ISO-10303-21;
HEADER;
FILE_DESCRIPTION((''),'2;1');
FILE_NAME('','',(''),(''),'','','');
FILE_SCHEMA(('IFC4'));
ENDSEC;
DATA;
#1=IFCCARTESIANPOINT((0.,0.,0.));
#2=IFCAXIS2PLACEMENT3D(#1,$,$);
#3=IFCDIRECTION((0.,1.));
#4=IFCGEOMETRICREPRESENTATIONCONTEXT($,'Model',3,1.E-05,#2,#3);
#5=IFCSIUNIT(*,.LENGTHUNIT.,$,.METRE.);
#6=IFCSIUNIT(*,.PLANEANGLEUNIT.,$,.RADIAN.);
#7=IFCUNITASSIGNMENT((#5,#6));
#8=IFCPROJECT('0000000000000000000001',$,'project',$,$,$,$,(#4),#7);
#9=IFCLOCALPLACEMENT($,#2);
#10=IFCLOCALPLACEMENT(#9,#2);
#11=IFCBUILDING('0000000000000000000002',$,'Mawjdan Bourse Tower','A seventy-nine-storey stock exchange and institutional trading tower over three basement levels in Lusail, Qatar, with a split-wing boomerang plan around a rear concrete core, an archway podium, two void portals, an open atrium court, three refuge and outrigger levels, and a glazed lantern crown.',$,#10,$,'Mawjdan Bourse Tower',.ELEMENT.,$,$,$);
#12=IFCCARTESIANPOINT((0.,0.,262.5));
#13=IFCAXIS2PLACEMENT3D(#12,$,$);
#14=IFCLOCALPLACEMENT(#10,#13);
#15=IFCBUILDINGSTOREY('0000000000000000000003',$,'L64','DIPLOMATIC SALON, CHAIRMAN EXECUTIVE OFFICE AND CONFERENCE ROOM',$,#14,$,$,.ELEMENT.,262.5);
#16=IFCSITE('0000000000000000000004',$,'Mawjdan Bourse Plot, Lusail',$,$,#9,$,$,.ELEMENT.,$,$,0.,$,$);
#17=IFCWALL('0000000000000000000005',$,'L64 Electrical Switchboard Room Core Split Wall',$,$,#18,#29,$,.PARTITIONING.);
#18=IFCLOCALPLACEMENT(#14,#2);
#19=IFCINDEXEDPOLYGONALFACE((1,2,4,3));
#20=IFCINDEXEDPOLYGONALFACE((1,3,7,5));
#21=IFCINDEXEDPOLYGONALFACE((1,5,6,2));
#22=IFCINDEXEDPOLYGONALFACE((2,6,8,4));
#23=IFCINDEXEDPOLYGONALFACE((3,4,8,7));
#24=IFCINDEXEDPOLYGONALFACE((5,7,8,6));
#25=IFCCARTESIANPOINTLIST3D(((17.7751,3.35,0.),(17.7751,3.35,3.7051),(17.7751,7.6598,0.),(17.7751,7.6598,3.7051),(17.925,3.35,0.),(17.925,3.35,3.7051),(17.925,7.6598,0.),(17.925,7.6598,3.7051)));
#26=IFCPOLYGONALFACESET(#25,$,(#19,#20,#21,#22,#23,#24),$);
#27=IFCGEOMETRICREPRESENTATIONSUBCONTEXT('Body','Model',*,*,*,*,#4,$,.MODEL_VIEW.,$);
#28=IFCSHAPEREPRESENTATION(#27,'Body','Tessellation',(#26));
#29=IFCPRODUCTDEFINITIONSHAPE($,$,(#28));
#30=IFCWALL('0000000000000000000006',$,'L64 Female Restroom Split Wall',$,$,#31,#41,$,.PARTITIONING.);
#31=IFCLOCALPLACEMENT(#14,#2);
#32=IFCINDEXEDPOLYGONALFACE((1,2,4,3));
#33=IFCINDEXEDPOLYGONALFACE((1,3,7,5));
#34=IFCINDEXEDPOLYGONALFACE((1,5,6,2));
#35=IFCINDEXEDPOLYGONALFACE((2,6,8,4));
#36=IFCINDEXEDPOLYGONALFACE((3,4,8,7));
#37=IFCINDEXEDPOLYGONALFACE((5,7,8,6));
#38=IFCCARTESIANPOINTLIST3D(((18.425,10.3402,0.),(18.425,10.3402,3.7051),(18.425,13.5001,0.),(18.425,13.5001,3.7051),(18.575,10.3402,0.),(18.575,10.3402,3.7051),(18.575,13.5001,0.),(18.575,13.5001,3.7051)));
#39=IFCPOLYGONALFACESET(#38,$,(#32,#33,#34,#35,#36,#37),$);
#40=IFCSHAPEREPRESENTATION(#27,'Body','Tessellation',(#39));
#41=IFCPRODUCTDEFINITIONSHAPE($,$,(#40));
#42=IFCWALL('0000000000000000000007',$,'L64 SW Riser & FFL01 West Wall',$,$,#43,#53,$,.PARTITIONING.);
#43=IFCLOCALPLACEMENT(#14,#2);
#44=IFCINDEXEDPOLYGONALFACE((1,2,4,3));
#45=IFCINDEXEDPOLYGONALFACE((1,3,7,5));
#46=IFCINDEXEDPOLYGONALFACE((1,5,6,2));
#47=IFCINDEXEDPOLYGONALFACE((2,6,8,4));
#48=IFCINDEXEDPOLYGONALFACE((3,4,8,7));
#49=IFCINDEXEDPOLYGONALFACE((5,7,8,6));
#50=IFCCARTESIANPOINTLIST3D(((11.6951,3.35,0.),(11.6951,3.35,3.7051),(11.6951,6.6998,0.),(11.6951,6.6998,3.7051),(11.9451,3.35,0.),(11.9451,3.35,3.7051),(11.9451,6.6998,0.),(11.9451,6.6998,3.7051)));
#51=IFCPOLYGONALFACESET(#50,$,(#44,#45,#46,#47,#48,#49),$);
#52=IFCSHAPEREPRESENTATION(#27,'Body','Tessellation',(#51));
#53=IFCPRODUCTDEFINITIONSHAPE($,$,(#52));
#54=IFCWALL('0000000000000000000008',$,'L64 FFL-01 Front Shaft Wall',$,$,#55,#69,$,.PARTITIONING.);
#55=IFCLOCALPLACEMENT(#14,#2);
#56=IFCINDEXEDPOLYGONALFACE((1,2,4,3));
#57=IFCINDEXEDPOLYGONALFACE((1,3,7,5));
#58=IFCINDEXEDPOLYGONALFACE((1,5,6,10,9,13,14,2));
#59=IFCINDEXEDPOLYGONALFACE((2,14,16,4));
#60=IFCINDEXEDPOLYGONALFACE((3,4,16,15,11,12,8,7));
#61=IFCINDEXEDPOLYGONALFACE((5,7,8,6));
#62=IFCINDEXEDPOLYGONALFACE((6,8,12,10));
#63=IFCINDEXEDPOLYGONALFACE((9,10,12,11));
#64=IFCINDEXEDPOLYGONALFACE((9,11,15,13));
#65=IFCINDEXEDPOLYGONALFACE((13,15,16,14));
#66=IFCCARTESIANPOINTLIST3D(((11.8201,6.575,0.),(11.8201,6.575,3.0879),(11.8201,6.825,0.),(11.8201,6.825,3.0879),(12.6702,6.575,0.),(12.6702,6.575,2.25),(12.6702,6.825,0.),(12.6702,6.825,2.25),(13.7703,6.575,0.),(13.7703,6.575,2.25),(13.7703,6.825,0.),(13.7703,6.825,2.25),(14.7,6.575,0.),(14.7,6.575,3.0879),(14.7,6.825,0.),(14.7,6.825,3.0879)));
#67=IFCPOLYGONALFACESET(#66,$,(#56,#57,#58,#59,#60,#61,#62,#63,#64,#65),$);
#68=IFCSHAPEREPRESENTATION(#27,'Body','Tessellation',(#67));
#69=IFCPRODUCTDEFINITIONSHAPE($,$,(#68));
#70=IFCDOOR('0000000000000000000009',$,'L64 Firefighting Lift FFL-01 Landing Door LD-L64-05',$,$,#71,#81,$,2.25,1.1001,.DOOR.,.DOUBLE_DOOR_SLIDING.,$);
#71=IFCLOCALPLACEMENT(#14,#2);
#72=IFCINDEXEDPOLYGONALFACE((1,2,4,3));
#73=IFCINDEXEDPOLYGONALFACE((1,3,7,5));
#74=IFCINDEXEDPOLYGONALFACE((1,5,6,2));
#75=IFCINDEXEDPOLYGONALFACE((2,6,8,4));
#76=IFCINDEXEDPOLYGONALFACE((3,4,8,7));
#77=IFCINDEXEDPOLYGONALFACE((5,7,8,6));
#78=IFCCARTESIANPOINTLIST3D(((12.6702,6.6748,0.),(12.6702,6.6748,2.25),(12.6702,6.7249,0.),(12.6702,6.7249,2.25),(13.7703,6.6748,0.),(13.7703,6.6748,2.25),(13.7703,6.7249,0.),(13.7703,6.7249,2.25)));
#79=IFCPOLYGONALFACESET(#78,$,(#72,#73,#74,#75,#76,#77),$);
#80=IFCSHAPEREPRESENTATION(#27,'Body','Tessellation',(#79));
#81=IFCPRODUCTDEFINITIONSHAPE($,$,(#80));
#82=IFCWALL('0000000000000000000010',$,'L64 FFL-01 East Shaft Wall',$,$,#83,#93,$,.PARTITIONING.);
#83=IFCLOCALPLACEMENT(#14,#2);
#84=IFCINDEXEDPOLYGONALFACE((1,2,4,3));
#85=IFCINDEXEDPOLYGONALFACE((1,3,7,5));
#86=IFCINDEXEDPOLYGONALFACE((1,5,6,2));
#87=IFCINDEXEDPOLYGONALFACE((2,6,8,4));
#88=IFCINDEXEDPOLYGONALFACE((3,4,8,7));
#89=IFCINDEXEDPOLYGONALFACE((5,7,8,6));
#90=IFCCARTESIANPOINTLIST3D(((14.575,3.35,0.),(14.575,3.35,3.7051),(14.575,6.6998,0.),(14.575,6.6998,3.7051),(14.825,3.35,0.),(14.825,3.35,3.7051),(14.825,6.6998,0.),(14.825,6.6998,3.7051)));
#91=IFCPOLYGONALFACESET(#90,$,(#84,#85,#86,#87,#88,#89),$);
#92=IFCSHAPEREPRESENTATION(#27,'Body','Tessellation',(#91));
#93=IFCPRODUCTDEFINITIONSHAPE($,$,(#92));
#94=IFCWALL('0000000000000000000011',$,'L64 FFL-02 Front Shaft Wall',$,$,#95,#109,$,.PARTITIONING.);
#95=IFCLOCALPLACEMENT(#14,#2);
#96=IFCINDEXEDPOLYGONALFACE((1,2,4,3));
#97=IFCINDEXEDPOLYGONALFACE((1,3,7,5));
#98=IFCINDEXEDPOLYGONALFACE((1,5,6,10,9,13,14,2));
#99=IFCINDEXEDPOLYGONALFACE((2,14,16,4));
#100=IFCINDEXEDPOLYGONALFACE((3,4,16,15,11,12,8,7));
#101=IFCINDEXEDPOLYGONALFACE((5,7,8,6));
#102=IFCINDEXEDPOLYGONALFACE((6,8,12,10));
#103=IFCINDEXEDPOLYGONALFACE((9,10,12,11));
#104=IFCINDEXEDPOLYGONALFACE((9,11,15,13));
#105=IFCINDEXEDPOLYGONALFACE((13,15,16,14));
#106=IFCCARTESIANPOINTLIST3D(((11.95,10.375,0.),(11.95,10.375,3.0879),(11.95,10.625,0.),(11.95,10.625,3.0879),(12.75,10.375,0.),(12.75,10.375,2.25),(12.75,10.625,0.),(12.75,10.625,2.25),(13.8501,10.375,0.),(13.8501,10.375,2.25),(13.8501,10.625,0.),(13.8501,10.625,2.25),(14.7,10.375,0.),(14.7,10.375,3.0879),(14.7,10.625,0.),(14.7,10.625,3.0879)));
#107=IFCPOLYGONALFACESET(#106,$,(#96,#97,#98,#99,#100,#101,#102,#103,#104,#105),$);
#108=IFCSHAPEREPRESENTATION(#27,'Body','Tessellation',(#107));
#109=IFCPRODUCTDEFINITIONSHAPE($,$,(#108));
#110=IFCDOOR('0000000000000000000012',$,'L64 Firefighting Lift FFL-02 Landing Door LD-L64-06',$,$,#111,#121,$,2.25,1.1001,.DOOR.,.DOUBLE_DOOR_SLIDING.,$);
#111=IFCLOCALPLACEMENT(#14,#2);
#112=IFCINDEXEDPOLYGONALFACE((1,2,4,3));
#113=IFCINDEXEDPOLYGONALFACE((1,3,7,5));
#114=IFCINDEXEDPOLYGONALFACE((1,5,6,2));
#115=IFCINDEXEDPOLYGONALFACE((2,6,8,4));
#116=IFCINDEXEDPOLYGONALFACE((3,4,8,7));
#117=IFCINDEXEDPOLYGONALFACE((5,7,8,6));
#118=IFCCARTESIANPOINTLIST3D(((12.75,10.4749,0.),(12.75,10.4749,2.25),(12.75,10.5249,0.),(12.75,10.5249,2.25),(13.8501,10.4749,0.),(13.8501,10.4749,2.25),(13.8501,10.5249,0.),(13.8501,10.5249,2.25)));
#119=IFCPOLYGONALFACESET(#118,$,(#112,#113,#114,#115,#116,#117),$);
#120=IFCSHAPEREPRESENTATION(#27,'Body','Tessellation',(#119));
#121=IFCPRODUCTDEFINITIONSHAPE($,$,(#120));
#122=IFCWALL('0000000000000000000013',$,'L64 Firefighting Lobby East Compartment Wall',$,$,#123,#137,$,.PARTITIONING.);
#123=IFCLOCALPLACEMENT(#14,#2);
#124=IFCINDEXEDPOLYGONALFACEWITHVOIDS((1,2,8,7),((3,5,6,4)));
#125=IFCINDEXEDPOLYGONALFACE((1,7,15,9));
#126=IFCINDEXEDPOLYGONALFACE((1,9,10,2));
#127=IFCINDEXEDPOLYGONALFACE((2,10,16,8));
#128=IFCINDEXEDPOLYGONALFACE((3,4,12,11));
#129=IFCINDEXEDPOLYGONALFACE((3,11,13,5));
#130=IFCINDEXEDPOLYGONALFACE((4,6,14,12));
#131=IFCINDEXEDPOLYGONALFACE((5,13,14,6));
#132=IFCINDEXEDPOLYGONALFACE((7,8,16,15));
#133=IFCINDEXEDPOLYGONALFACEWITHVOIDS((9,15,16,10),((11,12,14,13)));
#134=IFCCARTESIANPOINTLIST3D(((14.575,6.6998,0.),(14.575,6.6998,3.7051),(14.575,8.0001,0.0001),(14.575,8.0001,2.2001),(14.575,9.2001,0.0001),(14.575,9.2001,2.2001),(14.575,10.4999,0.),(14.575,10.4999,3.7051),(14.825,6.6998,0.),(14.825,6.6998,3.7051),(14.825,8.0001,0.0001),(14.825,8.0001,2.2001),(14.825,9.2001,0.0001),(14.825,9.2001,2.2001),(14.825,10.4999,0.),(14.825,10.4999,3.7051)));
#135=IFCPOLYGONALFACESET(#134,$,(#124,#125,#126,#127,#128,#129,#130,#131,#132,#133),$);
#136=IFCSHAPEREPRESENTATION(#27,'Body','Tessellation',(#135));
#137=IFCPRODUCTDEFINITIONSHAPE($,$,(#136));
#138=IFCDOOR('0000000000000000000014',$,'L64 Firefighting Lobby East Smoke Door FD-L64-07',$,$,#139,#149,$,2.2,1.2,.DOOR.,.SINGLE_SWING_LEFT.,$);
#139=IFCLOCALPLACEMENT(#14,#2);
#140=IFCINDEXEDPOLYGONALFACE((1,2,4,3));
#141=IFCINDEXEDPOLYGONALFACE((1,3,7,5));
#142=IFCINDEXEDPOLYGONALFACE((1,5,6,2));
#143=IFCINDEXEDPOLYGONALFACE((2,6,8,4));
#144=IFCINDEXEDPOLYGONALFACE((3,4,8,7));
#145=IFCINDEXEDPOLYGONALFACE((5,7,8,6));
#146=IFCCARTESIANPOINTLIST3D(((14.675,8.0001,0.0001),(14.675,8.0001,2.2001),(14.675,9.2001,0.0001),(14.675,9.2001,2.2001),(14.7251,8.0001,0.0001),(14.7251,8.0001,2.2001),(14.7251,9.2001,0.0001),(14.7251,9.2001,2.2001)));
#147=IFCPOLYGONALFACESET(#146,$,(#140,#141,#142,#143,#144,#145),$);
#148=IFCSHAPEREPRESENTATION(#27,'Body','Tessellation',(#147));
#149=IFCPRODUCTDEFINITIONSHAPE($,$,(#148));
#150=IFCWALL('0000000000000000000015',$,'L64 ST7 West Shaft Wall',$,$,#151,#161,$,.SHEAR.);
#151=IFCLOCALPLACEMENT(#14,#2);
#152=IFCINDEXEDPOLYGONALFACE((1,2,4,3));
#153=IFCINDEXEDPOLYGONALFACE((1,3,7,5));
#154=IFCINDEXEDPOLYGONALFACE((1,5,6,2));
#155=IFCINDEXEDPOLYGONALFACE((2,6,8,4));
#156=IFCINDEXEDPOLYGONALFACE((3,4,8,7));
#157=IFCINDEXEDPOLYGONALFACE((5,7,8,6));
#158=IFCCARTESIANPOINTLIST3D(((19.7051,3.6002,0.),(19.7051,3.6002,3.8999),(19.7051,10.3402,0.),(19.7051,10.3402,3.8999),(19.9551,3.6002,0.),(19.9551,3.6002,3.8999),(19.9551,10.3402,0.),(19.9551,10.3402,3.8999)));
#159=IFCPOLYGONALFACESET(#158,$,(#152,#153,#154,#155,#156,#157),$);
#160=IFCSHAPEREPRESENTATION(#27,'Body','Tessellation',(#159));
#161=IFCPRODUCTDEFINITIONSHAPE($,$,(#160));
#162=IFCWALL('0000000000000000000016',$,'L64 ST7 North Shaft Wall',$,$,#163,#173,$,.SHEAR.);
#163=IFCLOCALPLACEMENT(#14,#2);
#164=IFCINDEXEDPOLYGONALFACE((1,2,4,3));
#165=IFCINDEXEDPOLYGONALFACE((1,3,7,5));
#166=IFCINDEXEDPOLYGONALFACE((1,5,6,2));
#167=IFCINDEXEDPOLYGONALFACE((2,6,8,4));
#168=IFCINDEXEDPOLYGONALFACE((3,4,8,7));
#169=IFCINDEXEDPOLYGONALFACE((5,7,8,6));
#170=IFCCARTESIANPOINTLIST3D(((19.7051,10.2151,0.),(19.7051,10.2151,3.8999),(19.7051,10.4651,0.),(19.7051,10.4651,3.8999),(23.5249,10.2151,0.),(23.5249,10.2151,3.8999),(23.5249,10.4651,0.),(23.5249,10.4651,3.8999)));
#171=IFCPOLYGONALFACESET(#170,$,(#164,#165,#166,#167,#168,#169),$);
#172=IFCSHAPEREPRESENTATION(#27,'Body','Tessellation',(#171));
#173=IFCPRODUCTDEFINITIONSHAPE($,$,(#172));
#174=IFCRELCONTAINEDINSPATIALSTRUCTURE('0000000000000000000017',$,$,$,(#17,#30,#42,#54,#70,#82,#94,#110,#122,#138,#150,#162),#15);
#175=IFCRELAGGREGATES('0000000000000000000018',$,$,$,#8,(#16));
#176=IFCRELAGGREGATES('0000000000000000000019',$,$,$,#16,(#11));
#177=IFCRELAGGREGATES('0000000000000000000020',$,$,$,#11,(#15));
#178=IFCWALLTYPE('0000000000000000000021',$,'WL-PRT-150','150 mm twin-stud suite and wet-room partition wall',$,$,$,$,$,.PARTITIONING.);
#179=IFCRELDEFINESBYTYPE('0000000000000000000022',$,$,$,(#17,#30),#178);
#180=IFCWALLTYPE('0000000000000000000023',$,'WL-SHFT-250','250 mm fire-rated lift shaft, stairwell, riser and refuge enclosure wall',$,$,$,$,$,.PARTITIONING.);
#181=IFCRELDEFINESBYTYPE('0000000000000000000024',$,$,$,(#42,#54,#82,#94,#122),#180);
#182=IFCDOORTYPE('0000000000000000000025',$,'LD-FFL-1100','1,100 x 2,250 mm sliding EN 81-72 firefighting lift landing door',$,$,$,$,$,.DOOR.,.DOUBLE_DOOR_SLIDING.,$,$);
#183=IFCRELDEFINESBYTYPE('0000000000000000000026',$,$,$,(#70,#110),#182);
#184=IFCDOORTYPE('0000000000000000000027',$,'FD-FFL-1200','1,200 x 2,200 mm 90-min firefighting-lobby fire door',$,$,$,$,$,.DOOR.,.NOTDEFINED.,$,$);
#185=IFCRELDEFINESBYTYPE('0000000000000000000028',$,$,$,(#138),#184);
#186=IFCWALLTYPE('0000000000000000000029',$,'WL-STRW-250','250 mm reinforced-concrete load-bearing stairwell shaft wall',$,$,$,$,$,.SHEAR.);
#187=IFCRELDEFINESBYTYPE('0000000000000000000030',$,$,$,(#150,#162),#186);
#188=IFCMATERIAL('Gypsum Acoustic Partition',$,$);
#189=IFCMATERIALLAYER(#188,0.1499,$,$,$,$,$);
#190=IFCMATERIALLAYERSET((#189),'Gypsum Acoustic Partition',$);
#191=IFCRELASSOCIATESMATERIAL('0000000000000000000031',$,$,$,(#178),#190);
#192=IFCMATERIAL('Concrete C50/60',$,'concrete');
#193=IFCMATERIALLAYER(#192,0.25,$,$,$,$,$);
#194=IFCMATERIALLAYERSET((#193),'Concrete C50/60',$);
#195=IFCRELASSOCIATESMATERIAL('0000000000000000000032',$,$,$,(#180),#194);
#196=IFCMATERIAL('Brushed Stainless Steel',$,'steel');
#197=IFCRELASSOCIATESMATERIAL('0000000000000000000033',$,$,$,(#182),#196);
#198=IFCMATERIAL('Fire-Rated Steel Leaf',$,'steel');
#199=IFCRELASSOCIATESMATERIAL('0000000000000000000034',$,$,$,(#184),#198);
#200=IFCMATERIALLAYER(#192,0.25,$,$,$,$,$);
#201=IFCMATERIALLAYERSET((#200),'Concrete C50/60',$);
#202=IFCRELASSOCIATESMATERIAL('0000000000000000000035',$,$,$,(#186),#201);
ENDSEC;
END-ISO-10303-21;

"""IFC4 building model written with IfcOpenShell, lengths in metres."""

from ifc_helpers import new_model, si_unit, direction, frame, frame_2d, origin, place, context, subcontext, project, spatial, rectangle, extrude, material, layer, layer_set, type_object, element, fill, save


model = new_model("IFC4")

# Units and contexts
model_context = context("Model", 3, precision=1e-05, world=origin(), true_north=direction((0.0, 1.0)))
body_context = subcontext(model_context, "Body", "Model", "MODEL_VIEW")
ifc_project = project(units=[si_unit("LENGTHUNIT", "METRE"), si_unit("PLANEANGLEUNIT", "RADIAN")], contexts=[model_context])

# Site, building, storey
site_placement = place(None, origin())
site = spatial("IfcSite", under=ifc_project, at=site_placement, Name="Mawjdan Bourse Plot, Lusail", CompositionType="ELEMENT", RefElevation=0.0)
building_placement = place(site_placement, origin())
building = spatial("IfcBuilding", under=site, at=building_placement, Name="Mawjdan Bourse Tower", Description="A seventy-nine-storey stock exchange and institutional trading tower over three basement levels in Lusail, Qatar, with a split-wing boomerang plan around a rear concrete core, an archway podium, two void portals, an open atrium court, three refuge and outrigger levels, and a glazed lantern crown.", LongName="Mawjdan Bourse Tower", CompositionType="ELEMENT")
storey_placement = place(building_placement, frame((0.0, 0.0, 262.5)))
storey = spatial("IfcBuildingStorey", under=building, at=storey_placement, Name="L64", Description="DIPLOMATIC SALON, CHAIRMAN EXECUTIVE OFFICE AND CONFERENCE ROOM", CompositionType="ELEMENT", Elevation=262.5)

# Walls
ifc_material_1 = material(Name="Gypsum Acoustic Partition")
ifc_layer_1 = layer(ifc_material_1, 0.1499)
ifc_layer_set_1 = layer_set([ifc_layer_1], Name="Gypsum Acoustic Partition")
wall_type_1 = type_object("IfcWallType", Name="WL-PRT-150", Description="150 mm twin-stud suite and wet-room partition wall", PredefinedType="PARTITIONING", material=ifc_layer_set_1)
wall_1_placement = place(storey_placement, frame((17.8501, 3.3501, 0.0), z_axis=(0.0, 0.0, 1.0), x_axis=(0.0, 1.0, 0.0)))
element("IfcWall", 1, at=wall_1_placement, inside=storey, type_object=wall_type_1, Name="L64 Electrical Switchboard Room Core Split Wall", PredefinedType="PARTITIONING", context=body_context, shape_type="SweptSolid", body=[
    extrude(rectangle(XDim=4.3098, YDim=0.1499, at=frame_2d((2.1548, 0.0))), origin(), (0.0, 0.0, 1.0), 3.7051),
])
wall_2_placement = place(storey_placement, frame((18.5, 10.3401, 0.0), z_axis=(0.0, 0.0, 1.0), x_axis=(0.0, 1.0, 0.0)))
element("IfcWall", 2, at=wall_2_placement, inside=storey, type_object=wall_type_1, Name="L64 Female Restroom Split Wall", PredefinedType="PARTITIONING", context=body_context, shape_type="SweptSolid", body=[
    extrude(rectangle(XDim=3.1599, YDim=0.1499, at=frame_2d((1.5801, 0.0))), origin(), (0.0, 0.0, 1.0), 3.7051),
])
ifc_material_2 = material(Name="Concrete C50/60", Category="concrete")
ifc_layer_2 = layer(ifc_material_2, 0.25)
ifc_layer_set_2 = layer_set([ifc_layer_2], Name="Concrete C50/60")
wall_type_2 = type_object("IfcWallType", Name="WL-SHFT-250", Description="250 mm fire-rated lift shaft, stairwell, riser and refuge enclosure wall", PredefinedType="PARTITIONING", material=ifc_layer_set_2)
wall_3_placement = place(storey_placement, frame((11.8201, 3.3501, 0.0), z_axis=(0.0, 0.0, 1.0), x_axis=(0.0, 1.0, 0.0)))
element("IfcWall", 3, at=wall_3_placement, inside=storey, type_object=wall_type_2, Name="L64 SW Riser & FFL01 West Wall", PredefinedType="PARTITIONING", context=body_context, shape_type="SweptSolid", body=[
    extrude(rectangle(XDim=3.3499, YDim=0.25, at=frame_2d((1.6748, 0.0))), origin(), (0.0, 0.0, 1.0), 3.7051),
])

# Wall, opening, door
wall_4_placement = place(storey_placement, frame((11.8201, 6.7, 0.0), z_axis=(0.0, 0.0, 1.0), x_axis=(1.0, 0.0, 0.0)))
wall_4 = element("IfcWall", 4, at=wall_4_placement, inside=storey, type_object=wall_type_2, Name="L64 FFL-01 Front Shaft Wall", PredefinedType="PARTITIONING", context=body_context, shape_type="SweptSolid", body=[
    extrude(rectangle(XDim=2.8799, YDim=0.25, at=frame_2d((1.4399, 0.0))), origin(), (0.0, 0.0, 1.0), 3.0879),
])
opening_1_placement = place(wall_4_placement, frame((0.8501, 0.0, 0.0)))
opening_1 = element("IfcOpeningElement", 5, at=opening_1_placement, cuts=wall_4, PredefinedType="OPENING", context=body_context, shape_type="SweptSolid", body=[
    extrude(rectangle(XDim=1.1001, YDim=2.25, at=frame_2d((0.55, 1.125))), frame((0.0, 0.135, 0.0), z_axis=(0.0, -1.0, 0.0), x_axis=(1.0, 0.0, 0.0)), (0.0, 0.0, 1.0), 0.27),
])
ifc_material_3 = material(Name="Brushed Stainless Steel", Category="steel")
door_type_1 = type_object("IfcDoorType", Name="LD-FFL-1100", Description="1,100 x 2,250 mm sliding EN 81-72 firefighting lift landing door", OperationType="DOUBLE_DOOR_SLIDING", PredefinedType="DOOR", material=ifc_material_3)
door_1_placement = place(opening_1_placement, origin())
door_1 = element("IfcDoor", 6, at=door_1_placement, inside=storey, type_object=door_type_1, Name="L64 Firefighting Lift FFL-01 Landing Door LD-L64-05", OperationType="DOUBLE_DOOR_SLIDING", OverallHeight=2.25, OverallWidth=1.1001, PredefinedType="DOOR", context=body_context, shape_type="SweptSolid", body=[
    extrude(rectangle(XDim=1.1001, YDim=2.25, at=frame_2d((0.55, 1.125))), frame((0.0, 0.0249, 0.0), z_axis=(0.0, -1.0, 0.0), x_axis=(1.0, 0.0, 0.0)), (0.0, 0.0, 1.0), 0.05),
])
fill(opening_1, door_1)

# Wall
wall_5_placement = place(storey_placement, frame((14.7, 3.3501, 0.0), z_axis=(0.0, 0.0, 1.0), x_axis=(0.0, 1.0, 0.0)))
element("IfcWall", 7, at=wall_5_placement, inside=storey, type_object=wall_type_2, Name="L64 FFL-01 East Shaft Wall", PredefinedType="PARTITIONING", context=body_context, shape_type="SweptSolid", body=[
    extrude(rectangle(XDim=3.3499, YDim=0.25, at=frame_2d((1.6748, 0.0))), origin(), (0.0, 0.0, 1.0), 3.7051),
])

# Walls, openings, doors
wall_6_placement = place(storey_placement, frame((11.95, 10.5, 0.0), z_axis=(0.0, 0.0, 1.0), x_axis=(1.0, 0.0, 0.0)))
wall_6 = element("IfcWall", 8, at=wall_6_placement, inside=storey, type_object=wall_type_2, Name="L64 FFL-02 Front Shaft Wall", PredefinedType="PARTITIONING", context=body_context, shape_type="SweptSolid", body=[
    extrude(rectangle(XDim=2.75, YDim=0.25, at=frame_2d((1.375, 0.0))), origin(), (0.0, 0.0, 1.0), 3.0879),
])
opening_2_placement = place(wall_6_placement, frame((0.8, 0.0, 0.0)))
opening_2 = element("IfcOpeningElement", 9, at=opening_2_placement, cuts=wall_6, PredefinedType="OPENING", context=body_context, shape_type="SweptSolid", body=[
    extrude(rectangle(XDim=1.1001, YDim=2.25, at=frame_2d((0.55, 1.125))), frame((0.0, 0.135, 0.0), z_axis=(0.0, -1.0, 0.0), x_axis=(1.0, 0.0, 0.0)), (0.0, 0.0, 1.0), 0.27),
])
door_2_placement = place(opening_2_placement, origin())
door_2 = element("IfcDoor", 10, at=door_2_placement, inside=storey, type_object=door_type_1, Name="L64 Firefighting Lift FFL-02 Landing Door LD-L64-06", OperationType="DOUBLE_DOOR_SLIDING", OverallHeight=2.25, OverallWidth=1.1001, PredefinedType="DOOR", context=body_context, shape_type="SweptSolid", body=[
    extrude(rectangle(XDim=1.1001, YDim=2.25, at=frame_2d((0.55, 1.125))), frame((0.0, 0.0249, 0.0), z_axis=(0.0, -1.0, 0.0), x_axis=(1.0, 0.0, 0.0)), (0.0, 0.0, 1.0), 0.05),
])
fill(opening_2, door_2)
wall_7_placement = place(storey_placement, frame((14.7, 6.7, 0.0), z_axis=(0.0, 0.0, 1.0), x_axis=(0.0, 1.0, 0.0)))
wall_7 = element("IfcWall", 11, at=wall_7_placement, inside=storey, type_object=wall_type_2, Name="L64 Firefighting Lobby East Compartment Wall", PredefinedType="PARTITIONING", context=body_context, shape_type="SweptSolid", body=[
    extrude(rectangle(XDim=3.8, YDim=0.25, at=frame_2d((1.8999, 0.0))), origin(), (0.0, 0.0, 1.0), 3.7051),
])
opening_3_placement = place(wall_7_placement, frame((1.3, 0.0, 0.0)))
opening_3 = element("IfcOpeningElement", 12, at=opening_3_placement, cuts=wall_7, PredefinedType="OPENING", context=body_context, shape_type="SweptSolid", body=[
    extrude(rectangle(XDim=1.2, YDim=2.2, at=frame_2d((0.6001, 1.1001))), frame((0.0, 0.135, 0.0), z_axis=(0.0, -1.0, 0.0), x_axis=(1.0, 0.0, 0.0)), (0.0, 0.0, 1.0), 0.27),
])
ifc_material_4 = material(Name="Fire-Rated Steel Leaf", Category="steel")
door_type_2 = type_object("IfcDoorType", Name="FD-FFL-1200", Description="1,200 x 2,200 mm 90-min firefighting-lobby fire door", OperationType="NOTDEFINED", PredefinedType="DOOR", material=ifc_material_4)
door_3_placement = place(opening_3_placement, origin())
door_3 = element("IfcDoor", 13, at=door_3_placement, inside=storey, type_object=door_type_2, Name="L64 Firefighting Lobby East Smoke Door FD-L64-07", OperationType="SINGLE_SWING_LEFT", OverallHeight=2.2, OverallWidth=1.2, PredefinedType="DOOR", context=body_context, shape_type="SweptSolid", body=[
    extrude(rectangle(XDim=1.2, YDim=2.2, at=frame_2d((0.6001, 1.1001))), frame((0.0, 0.0249, 0.0), z_axis=(0.0, -1.0, 0.0), x_axis=(1.0, 0.0, 0.0)), (0.0, 0.0, 1.0), 0.05),
])
fill(opening_3, door_3)

# Walls
ifc_layer_3 = layer(ifc_material_2, 0.25)
ifc_layer_set_3 = layer_set([ifc_layer_3], Name="Concrete C50/60")
wall_type_3 = type_object("IfcWallType", Name="WL-STRW-250", Description="250 mm reinforced-concrete load-bearing stairwell shaft wall", PredefinedType="SHEAR", material=ifc_layer_set_3)
wall_8_placement = place(storey_placement, frame((19.8301, 3.6001, 0.0), z_axis=(0.0, 0.0, 1.0), x_axis=(0.0, 1.0, 0.0)))
element("IfcWall", 14, at=wall_8_placement, inside=storey, type_object=wall_type_3, Name="L64 ST7 West Shaft Wall", PredefinedType="SHEAR", context=body_context, shape_type="SweptSolid", body=[
    extrude(rectangle(XDim=6.74, YDim=0.25, at=frame_2d((3.3701, 0.0))), origin(), (0.0, 0.0, 1.0), 3.8999),
])
wall_9_placement = place(storey_placement, frame((19.7051, 10.3401, 0.0), z_axis=(0.0, 0.0, 1.0), x_axis=(1.0, 0.0, 0.0)))
element("IfcWall", 15, at=wall_9_placement, inside=storey, type_object=wall_type_3, Name="L64 ST7 North Shaft Wall", PredefinedType="SHEAR", context=body_context, shape_type="SweptSolid", body=[
    extrude(rectangle(XDim=3.8198, YDim=0.25, at=frame_2d((1.9099, 0.0))), origin(), (0.0, 0.0, 1.0), 3.8999),
])

save(model, "model.ifc")
